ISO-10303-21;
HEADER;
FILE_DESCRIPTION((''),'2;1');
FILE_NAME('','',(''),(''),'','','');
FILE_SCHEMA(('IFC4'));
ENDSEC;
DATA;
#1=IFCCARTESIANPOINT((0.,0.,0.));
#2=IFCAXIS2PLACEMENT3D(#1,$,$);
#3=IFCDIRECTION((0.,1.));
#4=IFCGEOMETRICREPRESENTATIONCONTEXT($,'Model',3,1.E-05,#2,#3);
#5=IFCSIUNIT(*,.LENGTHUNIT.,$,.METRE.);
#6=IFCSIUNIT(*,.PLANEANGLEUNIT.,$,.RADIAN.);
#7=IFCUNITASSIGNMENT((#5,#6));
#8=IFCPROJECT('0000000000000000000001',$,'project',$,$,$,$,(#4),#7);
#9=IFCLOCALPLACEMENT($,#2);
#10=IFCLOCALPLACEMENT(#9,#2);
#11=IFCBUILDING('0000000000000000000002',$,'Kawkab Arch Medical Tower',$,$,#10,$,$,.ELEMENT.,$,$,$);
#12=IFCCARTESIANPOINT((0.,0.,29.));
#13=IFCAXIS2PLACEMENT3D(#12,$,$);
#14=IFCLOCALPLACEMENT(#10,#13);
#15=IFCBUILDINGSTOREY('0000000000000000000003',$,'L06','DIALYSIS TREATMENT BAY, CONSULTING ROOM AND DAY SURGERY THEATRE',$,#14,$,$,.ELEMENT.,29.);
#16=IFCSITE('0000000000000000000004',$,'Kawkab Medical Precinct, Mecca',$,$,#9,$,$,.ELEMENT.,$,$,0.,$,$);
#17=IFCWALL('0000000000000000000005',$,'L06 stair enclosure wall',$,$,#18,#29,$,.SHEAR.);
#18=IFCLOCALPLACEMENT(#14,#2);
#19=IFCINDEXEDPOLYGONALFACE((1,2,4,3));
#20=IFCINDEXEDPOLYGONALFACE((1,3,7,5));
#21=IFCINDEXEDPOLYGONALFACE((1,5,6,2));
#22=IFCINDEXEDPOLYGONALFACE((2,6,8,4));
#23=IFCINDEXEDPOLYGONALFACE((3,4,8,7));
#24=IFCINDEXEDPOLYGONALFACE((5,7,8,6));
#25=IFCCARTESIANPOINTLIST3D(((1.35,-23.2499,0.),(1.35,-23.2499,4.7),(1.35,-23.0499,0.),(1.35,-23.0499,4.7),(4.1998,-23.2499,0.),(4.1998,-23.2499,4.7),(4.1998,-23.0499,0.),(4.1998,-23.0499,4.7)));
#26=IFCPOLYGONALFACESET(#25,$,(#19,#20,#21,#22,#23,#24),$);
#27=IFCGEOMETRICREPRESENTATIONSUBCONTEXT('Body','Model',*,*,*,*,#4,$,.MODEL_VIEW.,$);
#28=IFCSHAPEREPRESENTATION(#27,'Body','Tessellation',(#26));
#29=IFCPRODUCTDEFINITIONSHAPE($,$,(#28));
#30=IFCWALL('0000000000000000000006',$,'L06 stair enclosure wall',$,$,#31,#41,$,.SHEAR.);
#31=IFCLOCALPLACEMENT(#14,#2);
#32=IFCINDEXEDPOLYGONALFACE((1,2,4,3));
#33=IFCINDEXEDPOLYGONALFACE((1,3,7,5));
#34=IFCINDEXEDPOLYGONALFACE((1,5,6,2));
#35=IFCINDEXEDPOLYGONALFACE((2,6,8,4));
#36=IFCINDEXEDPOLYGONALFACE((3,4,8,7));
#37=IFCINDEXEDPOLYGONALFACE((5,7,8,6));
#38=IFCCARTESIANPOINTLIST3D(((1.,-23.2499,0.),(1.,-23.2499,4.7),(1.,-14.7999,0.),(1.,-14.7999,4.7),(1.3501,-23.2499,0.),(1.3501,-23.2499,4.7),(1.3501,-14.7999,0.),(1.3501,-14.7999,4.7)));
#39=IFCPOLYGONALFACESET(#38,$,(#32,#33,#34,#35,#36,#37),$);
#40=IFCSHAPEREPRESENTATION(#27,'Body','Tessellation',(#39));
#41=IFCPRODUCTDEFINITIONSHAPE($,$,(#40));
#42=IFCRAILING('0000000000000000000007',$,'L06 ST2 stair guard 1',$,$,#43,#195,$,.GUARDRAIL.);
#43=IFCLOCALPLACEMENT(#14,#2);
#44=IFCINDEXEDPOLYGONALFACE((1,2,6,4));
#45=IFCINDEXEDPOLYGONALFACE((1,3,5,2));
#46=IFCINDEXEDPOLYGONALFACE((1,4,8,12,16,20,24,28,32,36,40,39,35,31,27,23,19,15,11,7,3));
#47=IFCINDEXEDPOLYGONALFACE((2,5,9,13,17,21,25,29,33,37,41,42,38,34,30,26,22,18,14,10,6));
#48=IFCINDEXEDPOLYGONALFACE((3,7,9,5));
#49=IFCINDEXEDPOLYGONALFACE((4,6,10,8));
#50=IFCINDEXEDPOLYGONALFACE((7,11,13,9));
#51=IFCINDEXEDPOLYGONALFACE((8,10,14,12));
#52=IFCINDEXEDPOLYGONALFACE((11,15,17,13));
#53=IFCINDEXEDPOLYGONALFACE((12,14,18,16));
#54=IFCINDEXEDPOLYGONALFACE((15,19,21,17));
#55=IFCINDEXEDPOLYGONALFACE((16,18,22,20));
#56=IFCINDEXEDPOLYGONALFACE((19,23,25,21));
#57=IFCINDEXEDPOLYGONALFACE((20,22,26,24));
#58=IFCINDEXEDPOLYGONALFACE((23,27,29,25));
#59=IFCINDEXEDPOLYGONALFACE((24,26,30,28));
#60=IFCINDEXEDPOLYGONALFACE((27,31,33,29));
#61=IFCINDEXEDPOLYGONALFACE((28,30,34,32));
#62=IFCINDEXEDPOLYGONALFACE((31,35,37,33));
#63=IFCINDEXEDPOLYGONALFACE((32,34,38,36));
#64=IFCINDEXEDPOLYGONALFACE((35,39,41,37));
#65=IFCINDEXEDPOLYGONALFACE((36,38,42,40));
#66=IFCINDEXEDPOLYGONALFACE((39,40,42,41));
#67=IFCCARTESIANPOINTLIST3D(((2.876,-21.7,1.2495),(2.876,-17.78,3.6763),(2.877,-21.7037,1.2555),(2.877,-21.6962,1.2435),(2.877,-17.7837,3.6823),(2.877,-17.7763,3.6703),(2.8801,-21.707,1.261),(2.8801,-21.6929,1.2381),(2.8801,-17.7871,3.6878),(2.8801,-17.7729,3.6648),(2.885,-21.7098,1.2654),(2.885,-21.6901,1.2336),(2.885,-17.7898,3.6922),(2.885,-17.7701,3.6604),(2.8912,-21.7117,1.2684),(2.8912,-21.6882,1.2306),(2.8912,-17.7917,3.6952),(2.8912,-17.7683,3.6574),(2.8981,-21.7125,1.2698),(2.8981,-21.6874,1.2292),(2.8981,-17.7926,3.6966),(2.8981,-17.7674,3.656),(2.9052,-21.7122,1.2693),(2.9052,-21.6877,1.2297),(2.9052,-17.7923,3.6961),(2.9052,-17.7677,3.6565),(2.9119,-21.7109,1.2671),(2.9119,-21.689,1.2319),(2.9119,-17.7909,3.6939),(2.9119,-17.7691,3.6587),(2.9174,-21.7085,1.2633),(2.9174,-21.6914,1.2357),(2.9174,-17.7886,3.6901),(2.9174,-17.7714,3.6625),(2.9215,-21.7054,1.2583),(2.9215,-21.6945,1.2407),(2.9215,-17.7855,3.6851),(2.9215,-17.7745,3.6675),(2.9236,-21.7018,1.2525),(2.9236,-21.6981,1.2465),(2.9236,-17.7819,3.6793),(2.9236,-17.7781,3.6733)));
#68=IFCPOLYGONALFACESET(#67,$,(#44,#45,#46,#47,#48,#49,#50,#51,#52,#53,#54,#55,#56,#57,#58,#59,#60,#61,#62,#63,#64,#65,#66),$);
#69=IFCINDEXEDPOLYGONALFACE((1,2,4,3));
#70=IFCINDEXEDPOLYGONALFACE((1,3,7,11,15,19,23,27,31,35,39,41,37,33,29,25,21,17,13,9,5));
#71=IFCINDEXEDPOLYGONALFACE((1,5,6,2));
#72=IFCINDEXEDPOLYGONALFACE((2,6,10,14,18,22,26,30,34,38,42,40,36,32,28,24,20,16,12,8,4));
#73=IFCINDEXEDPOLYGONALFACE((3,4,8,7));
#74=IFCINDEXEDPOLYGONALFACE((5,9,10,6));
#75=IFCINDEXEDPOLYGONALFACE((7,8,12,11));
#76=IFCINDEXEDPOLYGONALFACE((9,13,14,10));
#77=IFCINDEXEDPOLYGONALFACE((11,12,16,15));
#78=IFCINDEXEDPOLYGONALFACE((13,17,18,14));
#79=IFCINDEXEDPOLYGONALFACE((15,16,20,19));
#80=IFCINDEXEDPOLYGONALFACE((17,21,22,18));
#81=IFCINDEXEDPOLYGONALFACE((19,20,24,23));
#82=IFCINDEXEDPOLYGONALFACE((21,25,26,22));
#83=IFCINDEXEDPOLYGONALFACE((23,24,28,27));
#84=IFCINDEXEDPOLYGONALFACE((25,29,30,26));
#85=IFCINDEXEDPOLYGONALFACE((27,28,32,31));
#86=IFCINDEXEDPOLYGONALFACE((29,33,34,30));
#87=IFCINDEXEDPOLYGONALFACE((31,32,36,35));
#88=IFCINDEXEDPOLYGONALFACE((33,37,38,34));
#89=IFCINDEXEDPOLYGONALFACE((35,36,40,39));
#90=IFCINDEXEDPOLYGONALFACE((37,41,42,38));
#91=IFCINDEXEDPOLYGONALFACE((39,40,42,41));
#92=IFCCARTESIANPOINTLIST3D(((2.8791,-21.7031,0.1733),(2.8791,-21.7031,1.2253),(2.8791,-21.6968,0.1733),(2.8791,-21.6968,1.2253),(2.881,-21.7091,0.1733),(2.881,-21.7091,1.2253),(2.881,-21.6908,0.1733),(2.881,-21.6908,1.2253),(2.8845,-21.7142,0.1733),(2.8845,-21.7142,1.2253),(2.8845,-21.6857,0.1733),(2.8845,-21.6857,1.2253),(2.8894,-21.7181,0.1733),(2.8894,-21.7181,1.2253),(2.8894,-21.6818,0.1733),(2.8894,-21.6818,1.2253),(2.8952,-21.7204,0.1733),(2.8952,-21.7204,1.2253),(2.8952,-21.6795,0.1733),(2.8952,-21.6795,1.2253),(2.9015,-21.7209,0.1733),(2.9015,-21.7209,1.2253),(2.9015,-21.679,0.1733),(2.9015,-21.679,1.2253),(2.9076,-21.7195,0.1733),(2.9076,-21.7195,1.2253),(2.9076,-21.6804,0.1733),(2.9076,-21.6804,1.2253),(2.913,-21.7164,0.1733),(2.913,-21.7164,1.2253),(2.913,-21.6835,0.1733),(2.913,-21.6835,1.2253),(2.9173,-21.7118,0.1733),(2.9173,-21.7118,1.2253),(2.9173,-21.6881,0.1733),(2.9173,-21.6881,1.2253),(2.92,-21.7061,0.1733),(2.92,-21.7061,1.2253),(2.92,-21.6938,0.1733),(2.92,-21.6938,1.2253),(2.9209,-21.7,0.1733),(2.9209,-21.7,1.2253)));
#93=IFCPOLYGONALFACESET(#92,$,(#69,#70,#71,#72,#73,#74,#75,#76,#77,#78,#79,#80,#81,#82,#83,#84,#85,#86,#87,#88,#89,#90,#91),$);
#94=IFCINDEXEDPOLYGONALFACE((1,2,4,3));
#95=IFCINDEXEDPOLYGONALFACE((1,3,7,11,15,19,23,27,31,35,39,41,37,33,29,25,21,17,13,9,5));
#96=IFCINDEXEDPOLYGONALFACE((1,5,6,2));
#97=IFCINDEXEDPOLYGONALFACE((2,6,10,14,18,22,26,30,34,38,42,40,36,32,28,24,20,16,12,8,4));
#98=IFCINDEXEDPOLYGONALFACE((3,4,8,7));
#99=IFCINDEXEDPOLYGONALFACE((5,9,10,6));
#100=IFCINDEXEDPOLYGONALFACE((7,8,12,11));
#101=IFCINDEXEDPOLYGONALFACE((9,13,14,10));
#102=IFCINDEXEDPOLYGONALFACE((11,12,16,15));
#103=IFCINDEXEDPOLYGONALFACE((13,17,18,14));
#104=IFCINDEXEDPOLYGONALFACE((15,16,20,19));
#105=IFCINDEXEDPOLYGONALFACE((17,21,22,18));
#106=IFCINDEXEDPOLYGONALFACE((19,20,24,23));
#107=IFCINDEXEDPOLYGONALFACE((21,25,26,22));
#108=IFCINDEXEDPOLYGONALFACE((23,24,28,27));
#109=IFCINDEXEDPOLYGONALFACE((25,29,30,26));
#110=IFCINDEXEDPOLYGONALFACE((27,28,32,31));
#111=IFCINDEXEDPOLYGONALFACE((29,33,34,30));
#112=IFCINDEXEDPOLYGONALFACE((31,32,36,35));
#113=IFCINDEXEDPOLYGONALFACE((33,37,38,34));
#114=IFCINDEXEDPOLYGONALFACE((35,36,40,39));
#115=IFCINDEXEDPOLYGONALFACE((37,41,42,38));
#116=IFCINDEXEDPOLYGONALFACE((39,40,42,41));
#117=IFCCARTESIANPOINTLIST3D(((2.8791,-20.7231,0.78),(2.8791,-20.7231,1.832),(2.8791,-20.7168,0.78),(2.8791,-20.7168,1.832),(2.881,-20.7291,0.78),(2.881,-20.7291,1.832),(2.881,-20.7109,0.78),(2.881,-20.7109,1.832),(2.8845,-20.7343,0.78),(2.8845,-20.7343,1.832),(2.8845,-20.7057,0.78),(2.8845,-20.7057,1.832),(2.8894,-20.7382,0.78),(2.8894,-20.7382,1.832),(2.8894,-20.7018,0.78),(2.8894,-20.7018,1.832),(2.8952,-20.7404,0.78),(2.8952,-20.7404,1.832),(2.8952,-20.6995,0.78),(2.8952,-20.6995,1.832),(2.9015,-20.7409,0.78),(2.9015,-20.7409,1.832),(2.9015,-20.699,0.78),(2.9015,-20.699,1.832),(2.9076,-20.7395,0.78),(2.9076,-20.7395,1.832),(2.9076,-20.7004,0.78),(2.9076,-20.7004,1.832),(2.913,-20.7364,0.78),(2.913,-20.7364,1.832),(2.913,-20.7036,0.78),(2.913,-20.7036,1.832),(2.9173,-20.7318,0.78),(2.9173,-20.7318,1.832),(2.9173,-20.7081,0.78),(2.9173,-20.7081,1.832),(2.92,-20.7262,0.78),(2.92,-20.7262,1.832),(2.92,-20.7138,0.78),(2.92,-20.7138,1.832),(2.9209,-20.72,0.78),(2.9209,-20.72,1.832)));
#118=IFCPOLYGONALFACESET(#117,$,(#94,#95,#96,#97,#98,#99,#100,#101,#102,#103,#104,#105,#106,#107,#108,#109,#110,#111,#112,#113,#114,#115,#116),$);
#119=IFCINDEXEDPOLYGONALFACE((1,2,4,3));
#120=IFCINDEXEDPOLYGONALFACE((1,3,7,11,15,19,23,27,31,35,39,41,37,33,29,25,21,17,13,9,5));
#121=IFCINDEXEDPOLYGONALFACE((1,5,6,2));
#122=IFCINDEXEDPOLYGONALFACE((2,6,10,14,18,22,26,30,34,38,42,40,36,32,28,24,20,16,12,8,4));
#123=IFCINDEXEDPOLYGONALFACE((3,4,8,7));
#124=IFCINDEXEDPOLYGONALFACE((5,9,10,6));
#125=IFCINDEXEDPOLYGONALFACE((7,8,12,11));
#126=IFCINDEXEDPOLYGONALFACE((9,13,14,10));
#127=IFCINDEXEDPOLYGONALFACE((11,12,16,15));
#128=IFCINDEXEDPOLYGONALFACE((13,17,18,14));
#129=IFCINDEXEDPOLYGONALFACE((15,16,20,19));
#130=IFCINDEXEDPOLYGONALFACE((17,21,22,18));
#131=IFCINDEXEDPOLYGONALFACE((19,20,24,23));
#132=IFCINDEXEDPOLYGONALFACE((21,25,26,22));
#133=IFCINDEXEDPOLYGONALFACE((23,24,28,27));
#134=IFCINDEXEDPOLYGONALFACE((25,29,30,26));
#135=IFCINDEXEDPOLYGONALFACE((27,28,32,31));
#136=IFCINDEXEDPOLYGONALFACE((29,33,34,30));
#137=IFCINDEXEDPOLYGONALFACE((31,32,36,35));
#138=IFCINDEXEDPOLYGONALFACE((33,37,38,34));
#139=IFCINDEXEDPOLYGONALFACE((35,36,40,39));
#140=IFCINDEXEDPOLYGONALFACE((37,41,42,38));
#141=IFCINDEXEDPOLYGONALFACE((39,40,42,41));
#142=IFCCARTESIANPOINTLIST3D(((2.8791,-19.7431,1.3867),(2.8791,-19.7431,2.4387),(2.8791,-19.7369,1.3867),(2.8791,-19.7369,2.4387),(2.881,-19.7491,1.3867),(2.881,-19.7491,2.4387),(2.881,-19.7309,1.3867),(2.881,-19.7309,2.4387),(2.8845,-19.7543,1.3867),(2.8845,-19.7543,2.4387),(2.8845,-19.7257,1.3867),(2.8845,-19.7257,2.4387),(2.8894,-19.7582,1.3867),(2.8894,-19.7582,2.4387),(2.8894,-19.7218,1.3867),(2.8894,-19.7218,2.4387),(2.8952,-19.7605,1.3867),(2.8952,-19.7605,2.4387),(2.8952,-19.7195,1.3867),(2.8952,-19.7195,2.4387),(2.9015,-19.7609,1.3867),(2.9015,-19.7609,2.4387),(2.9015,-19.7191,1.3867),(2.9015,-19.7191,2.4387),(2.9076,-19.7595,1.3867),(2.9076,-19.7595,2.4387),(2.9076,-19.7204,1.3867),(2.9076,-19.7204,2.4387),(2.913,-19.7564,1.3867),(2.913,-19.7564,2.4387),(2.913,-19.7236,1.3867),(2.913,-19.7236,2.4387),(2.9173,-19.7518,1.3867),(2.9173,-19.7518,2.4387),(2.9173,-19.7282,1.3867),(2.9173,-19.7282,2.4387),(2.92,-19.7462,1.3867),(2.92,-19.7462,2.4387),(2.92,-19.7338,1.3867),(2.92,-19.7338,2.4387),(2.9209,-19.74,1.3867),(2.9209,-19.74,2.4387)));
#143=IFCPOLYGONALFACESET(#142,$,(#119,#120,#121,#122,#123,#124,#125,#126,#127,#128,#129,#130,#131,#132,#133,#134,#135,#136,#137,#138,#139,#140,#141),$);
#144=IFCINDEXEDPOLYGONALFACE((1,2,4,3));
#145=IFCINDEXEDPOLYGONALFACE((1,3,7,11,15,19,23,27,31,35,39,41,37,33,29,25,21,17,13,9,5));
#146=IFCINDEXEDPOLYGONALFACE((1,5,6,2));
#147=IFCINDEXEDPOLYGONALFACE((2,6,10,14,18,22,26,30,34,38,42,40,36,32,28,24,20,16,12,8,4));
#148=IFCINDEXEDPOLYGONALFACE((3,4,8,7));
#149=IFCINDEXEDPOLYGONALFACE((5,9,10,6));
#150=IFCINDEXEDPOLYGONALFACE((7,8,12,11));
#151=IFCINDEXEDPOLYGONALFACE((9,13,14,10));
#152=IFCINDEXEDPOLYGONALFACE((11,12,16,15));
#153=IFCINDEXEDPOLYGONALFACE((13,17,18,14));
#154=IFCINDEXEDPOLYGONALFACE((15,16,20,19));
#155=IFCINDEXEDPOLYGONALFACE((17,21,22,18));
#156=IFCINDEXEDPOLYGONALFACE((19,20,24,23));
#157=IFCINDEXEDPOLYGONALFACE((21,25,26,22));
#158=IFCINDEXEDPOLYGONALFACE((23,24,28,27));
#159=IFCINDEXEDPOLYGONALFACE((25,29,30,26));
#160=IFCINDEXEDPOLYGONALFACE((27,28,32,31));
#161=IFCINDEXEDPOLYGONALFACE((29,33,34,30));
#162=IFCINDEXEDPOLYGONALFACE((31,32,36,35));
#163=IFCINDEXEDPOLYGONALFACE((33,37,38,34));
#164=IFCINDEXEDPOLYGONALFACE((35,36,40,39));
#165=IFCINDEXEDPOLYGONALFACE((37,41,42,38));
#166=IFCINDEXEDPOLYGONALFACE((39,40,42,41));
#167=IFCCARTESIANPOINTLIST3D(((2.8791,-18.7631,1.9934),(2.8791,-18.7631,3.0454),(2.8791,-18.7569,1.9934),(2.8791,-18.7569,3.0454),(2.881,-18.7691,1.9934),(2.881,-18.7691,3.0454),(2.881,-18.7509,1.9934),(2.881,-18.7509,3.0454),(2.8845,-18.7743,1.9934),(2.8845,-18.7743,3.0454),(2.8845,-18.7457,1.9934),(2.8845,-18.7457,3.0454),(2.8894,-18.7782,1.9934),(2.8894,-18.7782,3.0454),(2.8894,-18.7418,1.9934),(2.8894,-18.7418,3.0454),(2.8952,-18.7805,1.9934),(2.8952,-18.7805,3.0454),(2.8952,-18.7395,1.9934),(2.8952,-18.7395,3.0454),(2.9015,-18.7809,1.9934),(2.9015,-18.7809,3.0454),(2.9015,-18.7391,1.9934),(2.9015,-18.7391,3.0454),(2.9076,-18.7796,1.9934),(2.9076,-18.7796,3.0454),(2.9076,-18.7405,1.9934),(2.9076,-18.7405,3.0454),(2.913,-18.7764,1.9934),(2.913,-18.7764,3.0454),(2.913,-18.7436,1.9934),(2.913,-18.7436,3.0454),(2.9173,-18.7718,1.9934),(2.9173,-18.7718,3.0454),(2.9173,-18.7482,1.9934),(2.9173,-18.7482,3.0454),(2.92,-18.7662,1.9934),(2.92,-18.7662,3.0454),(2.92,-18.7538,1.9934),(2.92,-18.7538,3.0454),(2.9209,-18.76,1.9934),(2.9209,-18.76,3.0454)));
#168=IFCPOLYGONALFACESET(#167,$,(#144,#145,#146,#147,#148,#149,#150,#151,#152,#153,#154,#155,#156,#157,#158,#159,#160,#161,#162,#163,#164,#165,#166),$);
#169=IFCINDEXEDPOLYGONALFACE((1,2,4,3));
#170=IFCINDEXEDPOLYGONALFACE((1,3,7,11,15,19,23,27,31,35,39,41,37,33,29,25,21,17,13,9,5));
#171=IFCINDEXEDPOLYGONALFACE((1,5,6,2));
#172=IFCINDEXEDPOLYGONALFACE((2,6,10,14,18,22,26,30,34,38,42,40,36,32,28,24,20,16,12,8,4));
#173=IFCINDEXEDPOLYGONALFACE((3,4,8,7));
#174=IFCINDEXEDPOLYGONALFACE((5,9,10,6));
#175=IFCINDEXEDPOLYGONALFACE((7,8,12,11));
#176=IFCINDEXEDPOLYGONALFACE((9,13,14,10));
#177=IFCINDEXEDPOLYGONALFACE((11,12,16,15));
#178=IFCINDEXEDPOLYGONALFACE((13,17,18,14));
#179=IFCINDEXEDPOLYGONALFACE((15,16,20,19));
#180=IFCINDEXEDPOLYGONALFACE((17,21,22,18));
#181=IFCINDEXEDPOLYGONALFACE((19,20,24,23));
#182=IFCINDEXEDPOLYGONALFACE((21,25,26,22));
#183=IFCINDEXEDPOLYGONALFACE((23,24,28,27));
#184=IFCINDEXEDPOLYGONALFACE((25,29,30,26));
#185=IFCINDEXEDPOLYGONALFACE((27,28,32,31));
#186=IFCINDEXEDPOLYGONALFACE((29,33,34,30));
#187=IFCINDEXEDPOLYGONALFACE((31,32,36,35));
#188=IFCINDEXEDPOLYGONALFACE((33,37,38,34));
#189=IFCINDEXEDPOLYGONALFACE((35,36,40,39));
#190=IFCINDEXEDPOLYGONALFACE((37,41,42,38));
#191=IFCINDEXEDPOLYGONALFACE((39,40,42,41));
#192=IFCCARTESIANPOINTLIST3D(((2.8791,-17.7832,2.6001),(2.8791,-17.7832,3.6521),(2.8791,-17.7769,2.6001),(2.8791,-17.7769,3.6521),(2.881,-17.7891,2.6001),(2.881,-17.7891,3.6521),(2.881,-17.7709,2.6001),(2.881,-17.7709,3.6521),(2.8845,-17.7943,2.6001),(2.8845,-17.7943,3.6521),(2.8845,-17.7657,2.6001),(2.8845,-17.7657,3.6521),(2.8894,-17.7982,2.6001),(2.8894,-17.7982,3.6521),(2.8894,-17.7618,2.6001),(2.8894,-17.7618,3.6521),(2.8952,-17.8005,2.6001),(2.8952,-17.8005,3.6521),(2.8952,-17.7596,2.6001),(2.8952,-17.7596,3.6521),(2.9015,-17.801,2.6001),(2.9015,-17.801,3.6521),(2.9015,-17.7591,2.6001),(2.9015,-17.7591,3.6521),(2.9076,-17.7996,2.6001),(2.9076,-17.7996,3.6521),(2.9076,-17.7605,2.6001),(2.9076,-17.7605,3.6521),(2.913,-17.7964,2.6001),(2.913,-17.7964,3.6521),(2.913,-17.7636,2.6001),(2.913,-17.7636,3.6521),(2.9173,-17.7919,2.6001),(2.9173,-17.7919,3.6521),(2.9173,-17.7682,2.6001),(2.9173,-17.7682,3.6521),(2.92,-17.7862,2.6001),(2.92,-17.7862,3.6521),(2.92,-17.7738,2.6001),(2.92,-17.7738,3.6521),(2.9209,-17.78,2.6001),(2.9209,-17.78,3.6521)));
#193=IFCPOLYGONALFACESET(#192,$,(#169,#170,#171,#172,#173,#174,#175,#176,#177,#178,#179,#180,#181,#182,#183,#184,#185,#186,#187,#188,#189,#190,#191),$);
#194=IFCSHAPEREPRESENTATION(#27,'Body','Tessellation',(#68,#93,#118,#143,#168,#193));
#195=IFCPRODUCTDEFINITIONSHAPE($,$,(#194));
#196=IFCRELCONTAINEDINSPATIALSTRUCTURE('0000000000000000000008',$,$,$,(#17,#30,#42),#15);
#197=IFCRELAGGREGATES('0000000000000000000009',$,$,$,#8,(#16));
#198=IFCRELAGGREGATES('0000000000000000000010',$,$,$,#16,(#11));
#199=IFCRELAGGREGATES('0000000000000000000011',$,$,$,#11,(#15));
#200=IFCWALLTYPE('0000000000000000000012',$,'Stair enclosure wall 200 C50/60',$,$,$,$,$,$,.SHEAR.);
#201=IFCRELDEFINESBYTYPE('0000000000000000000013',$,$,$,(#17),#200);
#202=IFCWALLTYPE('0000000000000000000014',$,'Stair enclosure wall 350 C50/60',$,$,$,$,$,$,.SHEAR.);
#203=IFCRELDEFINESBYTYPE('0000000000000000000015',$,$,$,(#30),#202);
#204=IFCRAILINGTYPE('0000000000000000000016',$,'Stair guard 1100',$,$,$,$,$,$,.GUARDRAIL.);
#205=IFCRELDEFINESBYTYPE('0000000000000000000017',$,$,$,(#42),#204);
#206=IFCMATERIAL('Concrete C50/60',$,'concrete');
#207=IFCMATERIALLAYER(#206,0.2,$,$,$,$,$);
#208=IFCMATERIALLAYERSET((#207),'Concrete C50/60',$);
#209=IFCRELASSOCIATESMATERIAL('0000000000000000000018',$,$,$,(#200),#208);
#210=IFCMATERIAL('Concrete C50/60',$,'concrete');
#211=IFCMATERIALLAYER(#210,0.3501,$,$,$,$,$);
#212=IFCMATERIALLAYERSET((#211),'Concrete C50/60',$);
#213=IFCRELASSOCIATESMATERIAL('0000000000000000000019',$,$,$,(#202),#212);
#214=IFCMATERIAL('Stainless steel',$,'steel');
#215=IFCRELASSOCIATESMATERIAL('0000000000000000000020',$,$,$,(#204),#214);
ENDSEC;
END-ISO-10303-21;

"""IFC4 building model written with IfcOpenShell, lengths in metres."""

from ifc_helpers import new_model, si_unit, direction, frame, frame_2d, origin, origin_2d, place, context, subcontext, project, spatial, rectangle, circle, extrude, material, layer, layer_set, type_object, element, save


model = new_model("IFC4")

# Units and contexts
model_context = context("Model", 3, precision=1e-05, world=origin(), true_north=direction((0.0, 1.0)))
body_context = subcontext(model_context, "Body", "Model", "MODEL_VIEW")
ifc_project = project(units=[si_unit("LENGTHUNIT", "METRE"), si_unit("PLANEANGLEUNIT", "RADIAN")], contexts=[model_context])

# Site, building, storey
site_placement = place(None, origin())
site = spatial("IfcSite", under=ifc_project, at=site_placement, Name="Kawkab Medical Precinct, Mecca", CompositionType="ELEMENT", RefElevation=0.0)
building_placement = place(site_placement, origin())
building = spatial("IfcBuilding", under=site, at=building_placement, Name="Kawkab Arch Medical Tower", CompositionType="ELEMENT")
storey_placement = place(building_placement, frame((0.0, 0.0, 29.0)))
storey = spatial("IfcBuildingStorey", under=building, at=storey_placement, Name="L06", Description="DIALYSIS TREATMENT BAY, CONSULTING ROOM AND DAY SURGERY THEATRE", CompositionType="ELEMENT", Elevation=29.0)

# Walls
ifc_material_1 = material(Name="Concrete C50/60", Category="concrete")
ifc_layer_1 = layer(ifc_material_1, 0.2)
ifc_layer_set_1 = layer_set([ifc_layer_1], Name="Concrete C50/60")
wall_type_1 = type_object("IfcWallType", Name="Stair enclosure wall 200 C50/60", PredefinedType="SHEAR", material=ifc_layer_set_1)
wall_1_placement = place(storey_placement, frame((1.3501, -23.1499, 0.0), z_axis=(0.0, 0.0, 1.0), x_axis=(1.0, 0.0, 0.0)))
element("IfcWall", 1, at=wall_1_placement, inside=storey, type_object=wall_type_1, Name="L06 stair enclosure wall", PredefinedType="SHEAR", context=body_context, shape_type="SweptSolid", body=[
    extrude(rectangle(XDim=2.8499, YDim=0.2, at=frame_2d((1.4248, 0.0))), origin(), (0.0, 0.0, 1.0), 4.7),
])
ifc_material_2 = material(Name="Concrete C50/60", Category="concrete")
ifc_layer_2 = layer(ifc_material_2, 0.3501)
ifc_layer_set_2 = layer_set([ifc_layer_2], Name="Concrete C50/60")
wall_type_2 = type_object("IfcWallType", Name="Stair enclosure wall 350 C50/60", PredefinedType="SHEAR", material=ifc_layer_set_2)
wall_2_placement = place(storey_placement, frame((1.175, -23.25, 0.0), z_axis=(0.0, 0.0, 1.0), x_axis=(0.0, 1.0, 0.0)))
element("IfcWall", 2, at=wall_2_placement, inside=storey, type_object=wall_type_2, Name="L06 stair enclosure wall", PredefinedType="SHEAR", context=body_context, shape_type="SweptSolid", body=[
    extrude(rectangle(XDim=8.45, YDim=0.3501, at=frame_2d((4.2251, 0.0))), origin(), (0.0, 0.0, 1.0), 4.7),
])

# Railing
ifc_material_3 = material(Name="Stainless steel", Category="steel")
railing_type = type_object("IfcRailingType", Name="Stair guard 1100", PredefinedType="GUARDRAIL", material=ifc_material_3)
railing_1_placement = place(storey_placement, frame((2.8999, -21.7, 0.1733)))
element("IfcRailing", 3, at=railing_1_placement, inside=storey, type_object=railing_type, Name="L06 ST2 stair guard 1", PredefinedType="GUARDRAIL", context=body_context, shape_type="SweptSolid", body=[
    extrude(circle(Radius=0.0239, at=origin_2d()), frame((0.0, 0.0, 1.0762), z_axis=(0.0, 0.850252, 0.526376), x_axis=(-1.0, 0.0, 0.0)), (0.0, 0.0, 1.0), 4.6104),
    extrude(circle(Radius=0.021, at=origin_2d()), origin(), (0.0, 0.0, 1.0), 1.052),
    extrude(circle(Radius=0.021, at=origin_2d()), frame((0.0, 0.98, 0.6067)), (0.0, 0.0, 1.0), 1.052),
    extrude(circle(Radius=0.021, at=origin_2d()), frame((0.0, 1.96, 1.2134)), (0.0, 0.0, 1.0), 1.052),
    extrude(circle(Radius=0.021, at=origin_2d()), frame((0.0, 2.9399, 1.8201)), (0.0, 0.0, 1.0), 1.052),
    extrude(circle(Radius=0.021, at=origin_2d()), frame((0.0, 3.9199, 2.4268)), (0.0, 0.0, 1.0), 1.052),
])

save(model, "model.ifc")
